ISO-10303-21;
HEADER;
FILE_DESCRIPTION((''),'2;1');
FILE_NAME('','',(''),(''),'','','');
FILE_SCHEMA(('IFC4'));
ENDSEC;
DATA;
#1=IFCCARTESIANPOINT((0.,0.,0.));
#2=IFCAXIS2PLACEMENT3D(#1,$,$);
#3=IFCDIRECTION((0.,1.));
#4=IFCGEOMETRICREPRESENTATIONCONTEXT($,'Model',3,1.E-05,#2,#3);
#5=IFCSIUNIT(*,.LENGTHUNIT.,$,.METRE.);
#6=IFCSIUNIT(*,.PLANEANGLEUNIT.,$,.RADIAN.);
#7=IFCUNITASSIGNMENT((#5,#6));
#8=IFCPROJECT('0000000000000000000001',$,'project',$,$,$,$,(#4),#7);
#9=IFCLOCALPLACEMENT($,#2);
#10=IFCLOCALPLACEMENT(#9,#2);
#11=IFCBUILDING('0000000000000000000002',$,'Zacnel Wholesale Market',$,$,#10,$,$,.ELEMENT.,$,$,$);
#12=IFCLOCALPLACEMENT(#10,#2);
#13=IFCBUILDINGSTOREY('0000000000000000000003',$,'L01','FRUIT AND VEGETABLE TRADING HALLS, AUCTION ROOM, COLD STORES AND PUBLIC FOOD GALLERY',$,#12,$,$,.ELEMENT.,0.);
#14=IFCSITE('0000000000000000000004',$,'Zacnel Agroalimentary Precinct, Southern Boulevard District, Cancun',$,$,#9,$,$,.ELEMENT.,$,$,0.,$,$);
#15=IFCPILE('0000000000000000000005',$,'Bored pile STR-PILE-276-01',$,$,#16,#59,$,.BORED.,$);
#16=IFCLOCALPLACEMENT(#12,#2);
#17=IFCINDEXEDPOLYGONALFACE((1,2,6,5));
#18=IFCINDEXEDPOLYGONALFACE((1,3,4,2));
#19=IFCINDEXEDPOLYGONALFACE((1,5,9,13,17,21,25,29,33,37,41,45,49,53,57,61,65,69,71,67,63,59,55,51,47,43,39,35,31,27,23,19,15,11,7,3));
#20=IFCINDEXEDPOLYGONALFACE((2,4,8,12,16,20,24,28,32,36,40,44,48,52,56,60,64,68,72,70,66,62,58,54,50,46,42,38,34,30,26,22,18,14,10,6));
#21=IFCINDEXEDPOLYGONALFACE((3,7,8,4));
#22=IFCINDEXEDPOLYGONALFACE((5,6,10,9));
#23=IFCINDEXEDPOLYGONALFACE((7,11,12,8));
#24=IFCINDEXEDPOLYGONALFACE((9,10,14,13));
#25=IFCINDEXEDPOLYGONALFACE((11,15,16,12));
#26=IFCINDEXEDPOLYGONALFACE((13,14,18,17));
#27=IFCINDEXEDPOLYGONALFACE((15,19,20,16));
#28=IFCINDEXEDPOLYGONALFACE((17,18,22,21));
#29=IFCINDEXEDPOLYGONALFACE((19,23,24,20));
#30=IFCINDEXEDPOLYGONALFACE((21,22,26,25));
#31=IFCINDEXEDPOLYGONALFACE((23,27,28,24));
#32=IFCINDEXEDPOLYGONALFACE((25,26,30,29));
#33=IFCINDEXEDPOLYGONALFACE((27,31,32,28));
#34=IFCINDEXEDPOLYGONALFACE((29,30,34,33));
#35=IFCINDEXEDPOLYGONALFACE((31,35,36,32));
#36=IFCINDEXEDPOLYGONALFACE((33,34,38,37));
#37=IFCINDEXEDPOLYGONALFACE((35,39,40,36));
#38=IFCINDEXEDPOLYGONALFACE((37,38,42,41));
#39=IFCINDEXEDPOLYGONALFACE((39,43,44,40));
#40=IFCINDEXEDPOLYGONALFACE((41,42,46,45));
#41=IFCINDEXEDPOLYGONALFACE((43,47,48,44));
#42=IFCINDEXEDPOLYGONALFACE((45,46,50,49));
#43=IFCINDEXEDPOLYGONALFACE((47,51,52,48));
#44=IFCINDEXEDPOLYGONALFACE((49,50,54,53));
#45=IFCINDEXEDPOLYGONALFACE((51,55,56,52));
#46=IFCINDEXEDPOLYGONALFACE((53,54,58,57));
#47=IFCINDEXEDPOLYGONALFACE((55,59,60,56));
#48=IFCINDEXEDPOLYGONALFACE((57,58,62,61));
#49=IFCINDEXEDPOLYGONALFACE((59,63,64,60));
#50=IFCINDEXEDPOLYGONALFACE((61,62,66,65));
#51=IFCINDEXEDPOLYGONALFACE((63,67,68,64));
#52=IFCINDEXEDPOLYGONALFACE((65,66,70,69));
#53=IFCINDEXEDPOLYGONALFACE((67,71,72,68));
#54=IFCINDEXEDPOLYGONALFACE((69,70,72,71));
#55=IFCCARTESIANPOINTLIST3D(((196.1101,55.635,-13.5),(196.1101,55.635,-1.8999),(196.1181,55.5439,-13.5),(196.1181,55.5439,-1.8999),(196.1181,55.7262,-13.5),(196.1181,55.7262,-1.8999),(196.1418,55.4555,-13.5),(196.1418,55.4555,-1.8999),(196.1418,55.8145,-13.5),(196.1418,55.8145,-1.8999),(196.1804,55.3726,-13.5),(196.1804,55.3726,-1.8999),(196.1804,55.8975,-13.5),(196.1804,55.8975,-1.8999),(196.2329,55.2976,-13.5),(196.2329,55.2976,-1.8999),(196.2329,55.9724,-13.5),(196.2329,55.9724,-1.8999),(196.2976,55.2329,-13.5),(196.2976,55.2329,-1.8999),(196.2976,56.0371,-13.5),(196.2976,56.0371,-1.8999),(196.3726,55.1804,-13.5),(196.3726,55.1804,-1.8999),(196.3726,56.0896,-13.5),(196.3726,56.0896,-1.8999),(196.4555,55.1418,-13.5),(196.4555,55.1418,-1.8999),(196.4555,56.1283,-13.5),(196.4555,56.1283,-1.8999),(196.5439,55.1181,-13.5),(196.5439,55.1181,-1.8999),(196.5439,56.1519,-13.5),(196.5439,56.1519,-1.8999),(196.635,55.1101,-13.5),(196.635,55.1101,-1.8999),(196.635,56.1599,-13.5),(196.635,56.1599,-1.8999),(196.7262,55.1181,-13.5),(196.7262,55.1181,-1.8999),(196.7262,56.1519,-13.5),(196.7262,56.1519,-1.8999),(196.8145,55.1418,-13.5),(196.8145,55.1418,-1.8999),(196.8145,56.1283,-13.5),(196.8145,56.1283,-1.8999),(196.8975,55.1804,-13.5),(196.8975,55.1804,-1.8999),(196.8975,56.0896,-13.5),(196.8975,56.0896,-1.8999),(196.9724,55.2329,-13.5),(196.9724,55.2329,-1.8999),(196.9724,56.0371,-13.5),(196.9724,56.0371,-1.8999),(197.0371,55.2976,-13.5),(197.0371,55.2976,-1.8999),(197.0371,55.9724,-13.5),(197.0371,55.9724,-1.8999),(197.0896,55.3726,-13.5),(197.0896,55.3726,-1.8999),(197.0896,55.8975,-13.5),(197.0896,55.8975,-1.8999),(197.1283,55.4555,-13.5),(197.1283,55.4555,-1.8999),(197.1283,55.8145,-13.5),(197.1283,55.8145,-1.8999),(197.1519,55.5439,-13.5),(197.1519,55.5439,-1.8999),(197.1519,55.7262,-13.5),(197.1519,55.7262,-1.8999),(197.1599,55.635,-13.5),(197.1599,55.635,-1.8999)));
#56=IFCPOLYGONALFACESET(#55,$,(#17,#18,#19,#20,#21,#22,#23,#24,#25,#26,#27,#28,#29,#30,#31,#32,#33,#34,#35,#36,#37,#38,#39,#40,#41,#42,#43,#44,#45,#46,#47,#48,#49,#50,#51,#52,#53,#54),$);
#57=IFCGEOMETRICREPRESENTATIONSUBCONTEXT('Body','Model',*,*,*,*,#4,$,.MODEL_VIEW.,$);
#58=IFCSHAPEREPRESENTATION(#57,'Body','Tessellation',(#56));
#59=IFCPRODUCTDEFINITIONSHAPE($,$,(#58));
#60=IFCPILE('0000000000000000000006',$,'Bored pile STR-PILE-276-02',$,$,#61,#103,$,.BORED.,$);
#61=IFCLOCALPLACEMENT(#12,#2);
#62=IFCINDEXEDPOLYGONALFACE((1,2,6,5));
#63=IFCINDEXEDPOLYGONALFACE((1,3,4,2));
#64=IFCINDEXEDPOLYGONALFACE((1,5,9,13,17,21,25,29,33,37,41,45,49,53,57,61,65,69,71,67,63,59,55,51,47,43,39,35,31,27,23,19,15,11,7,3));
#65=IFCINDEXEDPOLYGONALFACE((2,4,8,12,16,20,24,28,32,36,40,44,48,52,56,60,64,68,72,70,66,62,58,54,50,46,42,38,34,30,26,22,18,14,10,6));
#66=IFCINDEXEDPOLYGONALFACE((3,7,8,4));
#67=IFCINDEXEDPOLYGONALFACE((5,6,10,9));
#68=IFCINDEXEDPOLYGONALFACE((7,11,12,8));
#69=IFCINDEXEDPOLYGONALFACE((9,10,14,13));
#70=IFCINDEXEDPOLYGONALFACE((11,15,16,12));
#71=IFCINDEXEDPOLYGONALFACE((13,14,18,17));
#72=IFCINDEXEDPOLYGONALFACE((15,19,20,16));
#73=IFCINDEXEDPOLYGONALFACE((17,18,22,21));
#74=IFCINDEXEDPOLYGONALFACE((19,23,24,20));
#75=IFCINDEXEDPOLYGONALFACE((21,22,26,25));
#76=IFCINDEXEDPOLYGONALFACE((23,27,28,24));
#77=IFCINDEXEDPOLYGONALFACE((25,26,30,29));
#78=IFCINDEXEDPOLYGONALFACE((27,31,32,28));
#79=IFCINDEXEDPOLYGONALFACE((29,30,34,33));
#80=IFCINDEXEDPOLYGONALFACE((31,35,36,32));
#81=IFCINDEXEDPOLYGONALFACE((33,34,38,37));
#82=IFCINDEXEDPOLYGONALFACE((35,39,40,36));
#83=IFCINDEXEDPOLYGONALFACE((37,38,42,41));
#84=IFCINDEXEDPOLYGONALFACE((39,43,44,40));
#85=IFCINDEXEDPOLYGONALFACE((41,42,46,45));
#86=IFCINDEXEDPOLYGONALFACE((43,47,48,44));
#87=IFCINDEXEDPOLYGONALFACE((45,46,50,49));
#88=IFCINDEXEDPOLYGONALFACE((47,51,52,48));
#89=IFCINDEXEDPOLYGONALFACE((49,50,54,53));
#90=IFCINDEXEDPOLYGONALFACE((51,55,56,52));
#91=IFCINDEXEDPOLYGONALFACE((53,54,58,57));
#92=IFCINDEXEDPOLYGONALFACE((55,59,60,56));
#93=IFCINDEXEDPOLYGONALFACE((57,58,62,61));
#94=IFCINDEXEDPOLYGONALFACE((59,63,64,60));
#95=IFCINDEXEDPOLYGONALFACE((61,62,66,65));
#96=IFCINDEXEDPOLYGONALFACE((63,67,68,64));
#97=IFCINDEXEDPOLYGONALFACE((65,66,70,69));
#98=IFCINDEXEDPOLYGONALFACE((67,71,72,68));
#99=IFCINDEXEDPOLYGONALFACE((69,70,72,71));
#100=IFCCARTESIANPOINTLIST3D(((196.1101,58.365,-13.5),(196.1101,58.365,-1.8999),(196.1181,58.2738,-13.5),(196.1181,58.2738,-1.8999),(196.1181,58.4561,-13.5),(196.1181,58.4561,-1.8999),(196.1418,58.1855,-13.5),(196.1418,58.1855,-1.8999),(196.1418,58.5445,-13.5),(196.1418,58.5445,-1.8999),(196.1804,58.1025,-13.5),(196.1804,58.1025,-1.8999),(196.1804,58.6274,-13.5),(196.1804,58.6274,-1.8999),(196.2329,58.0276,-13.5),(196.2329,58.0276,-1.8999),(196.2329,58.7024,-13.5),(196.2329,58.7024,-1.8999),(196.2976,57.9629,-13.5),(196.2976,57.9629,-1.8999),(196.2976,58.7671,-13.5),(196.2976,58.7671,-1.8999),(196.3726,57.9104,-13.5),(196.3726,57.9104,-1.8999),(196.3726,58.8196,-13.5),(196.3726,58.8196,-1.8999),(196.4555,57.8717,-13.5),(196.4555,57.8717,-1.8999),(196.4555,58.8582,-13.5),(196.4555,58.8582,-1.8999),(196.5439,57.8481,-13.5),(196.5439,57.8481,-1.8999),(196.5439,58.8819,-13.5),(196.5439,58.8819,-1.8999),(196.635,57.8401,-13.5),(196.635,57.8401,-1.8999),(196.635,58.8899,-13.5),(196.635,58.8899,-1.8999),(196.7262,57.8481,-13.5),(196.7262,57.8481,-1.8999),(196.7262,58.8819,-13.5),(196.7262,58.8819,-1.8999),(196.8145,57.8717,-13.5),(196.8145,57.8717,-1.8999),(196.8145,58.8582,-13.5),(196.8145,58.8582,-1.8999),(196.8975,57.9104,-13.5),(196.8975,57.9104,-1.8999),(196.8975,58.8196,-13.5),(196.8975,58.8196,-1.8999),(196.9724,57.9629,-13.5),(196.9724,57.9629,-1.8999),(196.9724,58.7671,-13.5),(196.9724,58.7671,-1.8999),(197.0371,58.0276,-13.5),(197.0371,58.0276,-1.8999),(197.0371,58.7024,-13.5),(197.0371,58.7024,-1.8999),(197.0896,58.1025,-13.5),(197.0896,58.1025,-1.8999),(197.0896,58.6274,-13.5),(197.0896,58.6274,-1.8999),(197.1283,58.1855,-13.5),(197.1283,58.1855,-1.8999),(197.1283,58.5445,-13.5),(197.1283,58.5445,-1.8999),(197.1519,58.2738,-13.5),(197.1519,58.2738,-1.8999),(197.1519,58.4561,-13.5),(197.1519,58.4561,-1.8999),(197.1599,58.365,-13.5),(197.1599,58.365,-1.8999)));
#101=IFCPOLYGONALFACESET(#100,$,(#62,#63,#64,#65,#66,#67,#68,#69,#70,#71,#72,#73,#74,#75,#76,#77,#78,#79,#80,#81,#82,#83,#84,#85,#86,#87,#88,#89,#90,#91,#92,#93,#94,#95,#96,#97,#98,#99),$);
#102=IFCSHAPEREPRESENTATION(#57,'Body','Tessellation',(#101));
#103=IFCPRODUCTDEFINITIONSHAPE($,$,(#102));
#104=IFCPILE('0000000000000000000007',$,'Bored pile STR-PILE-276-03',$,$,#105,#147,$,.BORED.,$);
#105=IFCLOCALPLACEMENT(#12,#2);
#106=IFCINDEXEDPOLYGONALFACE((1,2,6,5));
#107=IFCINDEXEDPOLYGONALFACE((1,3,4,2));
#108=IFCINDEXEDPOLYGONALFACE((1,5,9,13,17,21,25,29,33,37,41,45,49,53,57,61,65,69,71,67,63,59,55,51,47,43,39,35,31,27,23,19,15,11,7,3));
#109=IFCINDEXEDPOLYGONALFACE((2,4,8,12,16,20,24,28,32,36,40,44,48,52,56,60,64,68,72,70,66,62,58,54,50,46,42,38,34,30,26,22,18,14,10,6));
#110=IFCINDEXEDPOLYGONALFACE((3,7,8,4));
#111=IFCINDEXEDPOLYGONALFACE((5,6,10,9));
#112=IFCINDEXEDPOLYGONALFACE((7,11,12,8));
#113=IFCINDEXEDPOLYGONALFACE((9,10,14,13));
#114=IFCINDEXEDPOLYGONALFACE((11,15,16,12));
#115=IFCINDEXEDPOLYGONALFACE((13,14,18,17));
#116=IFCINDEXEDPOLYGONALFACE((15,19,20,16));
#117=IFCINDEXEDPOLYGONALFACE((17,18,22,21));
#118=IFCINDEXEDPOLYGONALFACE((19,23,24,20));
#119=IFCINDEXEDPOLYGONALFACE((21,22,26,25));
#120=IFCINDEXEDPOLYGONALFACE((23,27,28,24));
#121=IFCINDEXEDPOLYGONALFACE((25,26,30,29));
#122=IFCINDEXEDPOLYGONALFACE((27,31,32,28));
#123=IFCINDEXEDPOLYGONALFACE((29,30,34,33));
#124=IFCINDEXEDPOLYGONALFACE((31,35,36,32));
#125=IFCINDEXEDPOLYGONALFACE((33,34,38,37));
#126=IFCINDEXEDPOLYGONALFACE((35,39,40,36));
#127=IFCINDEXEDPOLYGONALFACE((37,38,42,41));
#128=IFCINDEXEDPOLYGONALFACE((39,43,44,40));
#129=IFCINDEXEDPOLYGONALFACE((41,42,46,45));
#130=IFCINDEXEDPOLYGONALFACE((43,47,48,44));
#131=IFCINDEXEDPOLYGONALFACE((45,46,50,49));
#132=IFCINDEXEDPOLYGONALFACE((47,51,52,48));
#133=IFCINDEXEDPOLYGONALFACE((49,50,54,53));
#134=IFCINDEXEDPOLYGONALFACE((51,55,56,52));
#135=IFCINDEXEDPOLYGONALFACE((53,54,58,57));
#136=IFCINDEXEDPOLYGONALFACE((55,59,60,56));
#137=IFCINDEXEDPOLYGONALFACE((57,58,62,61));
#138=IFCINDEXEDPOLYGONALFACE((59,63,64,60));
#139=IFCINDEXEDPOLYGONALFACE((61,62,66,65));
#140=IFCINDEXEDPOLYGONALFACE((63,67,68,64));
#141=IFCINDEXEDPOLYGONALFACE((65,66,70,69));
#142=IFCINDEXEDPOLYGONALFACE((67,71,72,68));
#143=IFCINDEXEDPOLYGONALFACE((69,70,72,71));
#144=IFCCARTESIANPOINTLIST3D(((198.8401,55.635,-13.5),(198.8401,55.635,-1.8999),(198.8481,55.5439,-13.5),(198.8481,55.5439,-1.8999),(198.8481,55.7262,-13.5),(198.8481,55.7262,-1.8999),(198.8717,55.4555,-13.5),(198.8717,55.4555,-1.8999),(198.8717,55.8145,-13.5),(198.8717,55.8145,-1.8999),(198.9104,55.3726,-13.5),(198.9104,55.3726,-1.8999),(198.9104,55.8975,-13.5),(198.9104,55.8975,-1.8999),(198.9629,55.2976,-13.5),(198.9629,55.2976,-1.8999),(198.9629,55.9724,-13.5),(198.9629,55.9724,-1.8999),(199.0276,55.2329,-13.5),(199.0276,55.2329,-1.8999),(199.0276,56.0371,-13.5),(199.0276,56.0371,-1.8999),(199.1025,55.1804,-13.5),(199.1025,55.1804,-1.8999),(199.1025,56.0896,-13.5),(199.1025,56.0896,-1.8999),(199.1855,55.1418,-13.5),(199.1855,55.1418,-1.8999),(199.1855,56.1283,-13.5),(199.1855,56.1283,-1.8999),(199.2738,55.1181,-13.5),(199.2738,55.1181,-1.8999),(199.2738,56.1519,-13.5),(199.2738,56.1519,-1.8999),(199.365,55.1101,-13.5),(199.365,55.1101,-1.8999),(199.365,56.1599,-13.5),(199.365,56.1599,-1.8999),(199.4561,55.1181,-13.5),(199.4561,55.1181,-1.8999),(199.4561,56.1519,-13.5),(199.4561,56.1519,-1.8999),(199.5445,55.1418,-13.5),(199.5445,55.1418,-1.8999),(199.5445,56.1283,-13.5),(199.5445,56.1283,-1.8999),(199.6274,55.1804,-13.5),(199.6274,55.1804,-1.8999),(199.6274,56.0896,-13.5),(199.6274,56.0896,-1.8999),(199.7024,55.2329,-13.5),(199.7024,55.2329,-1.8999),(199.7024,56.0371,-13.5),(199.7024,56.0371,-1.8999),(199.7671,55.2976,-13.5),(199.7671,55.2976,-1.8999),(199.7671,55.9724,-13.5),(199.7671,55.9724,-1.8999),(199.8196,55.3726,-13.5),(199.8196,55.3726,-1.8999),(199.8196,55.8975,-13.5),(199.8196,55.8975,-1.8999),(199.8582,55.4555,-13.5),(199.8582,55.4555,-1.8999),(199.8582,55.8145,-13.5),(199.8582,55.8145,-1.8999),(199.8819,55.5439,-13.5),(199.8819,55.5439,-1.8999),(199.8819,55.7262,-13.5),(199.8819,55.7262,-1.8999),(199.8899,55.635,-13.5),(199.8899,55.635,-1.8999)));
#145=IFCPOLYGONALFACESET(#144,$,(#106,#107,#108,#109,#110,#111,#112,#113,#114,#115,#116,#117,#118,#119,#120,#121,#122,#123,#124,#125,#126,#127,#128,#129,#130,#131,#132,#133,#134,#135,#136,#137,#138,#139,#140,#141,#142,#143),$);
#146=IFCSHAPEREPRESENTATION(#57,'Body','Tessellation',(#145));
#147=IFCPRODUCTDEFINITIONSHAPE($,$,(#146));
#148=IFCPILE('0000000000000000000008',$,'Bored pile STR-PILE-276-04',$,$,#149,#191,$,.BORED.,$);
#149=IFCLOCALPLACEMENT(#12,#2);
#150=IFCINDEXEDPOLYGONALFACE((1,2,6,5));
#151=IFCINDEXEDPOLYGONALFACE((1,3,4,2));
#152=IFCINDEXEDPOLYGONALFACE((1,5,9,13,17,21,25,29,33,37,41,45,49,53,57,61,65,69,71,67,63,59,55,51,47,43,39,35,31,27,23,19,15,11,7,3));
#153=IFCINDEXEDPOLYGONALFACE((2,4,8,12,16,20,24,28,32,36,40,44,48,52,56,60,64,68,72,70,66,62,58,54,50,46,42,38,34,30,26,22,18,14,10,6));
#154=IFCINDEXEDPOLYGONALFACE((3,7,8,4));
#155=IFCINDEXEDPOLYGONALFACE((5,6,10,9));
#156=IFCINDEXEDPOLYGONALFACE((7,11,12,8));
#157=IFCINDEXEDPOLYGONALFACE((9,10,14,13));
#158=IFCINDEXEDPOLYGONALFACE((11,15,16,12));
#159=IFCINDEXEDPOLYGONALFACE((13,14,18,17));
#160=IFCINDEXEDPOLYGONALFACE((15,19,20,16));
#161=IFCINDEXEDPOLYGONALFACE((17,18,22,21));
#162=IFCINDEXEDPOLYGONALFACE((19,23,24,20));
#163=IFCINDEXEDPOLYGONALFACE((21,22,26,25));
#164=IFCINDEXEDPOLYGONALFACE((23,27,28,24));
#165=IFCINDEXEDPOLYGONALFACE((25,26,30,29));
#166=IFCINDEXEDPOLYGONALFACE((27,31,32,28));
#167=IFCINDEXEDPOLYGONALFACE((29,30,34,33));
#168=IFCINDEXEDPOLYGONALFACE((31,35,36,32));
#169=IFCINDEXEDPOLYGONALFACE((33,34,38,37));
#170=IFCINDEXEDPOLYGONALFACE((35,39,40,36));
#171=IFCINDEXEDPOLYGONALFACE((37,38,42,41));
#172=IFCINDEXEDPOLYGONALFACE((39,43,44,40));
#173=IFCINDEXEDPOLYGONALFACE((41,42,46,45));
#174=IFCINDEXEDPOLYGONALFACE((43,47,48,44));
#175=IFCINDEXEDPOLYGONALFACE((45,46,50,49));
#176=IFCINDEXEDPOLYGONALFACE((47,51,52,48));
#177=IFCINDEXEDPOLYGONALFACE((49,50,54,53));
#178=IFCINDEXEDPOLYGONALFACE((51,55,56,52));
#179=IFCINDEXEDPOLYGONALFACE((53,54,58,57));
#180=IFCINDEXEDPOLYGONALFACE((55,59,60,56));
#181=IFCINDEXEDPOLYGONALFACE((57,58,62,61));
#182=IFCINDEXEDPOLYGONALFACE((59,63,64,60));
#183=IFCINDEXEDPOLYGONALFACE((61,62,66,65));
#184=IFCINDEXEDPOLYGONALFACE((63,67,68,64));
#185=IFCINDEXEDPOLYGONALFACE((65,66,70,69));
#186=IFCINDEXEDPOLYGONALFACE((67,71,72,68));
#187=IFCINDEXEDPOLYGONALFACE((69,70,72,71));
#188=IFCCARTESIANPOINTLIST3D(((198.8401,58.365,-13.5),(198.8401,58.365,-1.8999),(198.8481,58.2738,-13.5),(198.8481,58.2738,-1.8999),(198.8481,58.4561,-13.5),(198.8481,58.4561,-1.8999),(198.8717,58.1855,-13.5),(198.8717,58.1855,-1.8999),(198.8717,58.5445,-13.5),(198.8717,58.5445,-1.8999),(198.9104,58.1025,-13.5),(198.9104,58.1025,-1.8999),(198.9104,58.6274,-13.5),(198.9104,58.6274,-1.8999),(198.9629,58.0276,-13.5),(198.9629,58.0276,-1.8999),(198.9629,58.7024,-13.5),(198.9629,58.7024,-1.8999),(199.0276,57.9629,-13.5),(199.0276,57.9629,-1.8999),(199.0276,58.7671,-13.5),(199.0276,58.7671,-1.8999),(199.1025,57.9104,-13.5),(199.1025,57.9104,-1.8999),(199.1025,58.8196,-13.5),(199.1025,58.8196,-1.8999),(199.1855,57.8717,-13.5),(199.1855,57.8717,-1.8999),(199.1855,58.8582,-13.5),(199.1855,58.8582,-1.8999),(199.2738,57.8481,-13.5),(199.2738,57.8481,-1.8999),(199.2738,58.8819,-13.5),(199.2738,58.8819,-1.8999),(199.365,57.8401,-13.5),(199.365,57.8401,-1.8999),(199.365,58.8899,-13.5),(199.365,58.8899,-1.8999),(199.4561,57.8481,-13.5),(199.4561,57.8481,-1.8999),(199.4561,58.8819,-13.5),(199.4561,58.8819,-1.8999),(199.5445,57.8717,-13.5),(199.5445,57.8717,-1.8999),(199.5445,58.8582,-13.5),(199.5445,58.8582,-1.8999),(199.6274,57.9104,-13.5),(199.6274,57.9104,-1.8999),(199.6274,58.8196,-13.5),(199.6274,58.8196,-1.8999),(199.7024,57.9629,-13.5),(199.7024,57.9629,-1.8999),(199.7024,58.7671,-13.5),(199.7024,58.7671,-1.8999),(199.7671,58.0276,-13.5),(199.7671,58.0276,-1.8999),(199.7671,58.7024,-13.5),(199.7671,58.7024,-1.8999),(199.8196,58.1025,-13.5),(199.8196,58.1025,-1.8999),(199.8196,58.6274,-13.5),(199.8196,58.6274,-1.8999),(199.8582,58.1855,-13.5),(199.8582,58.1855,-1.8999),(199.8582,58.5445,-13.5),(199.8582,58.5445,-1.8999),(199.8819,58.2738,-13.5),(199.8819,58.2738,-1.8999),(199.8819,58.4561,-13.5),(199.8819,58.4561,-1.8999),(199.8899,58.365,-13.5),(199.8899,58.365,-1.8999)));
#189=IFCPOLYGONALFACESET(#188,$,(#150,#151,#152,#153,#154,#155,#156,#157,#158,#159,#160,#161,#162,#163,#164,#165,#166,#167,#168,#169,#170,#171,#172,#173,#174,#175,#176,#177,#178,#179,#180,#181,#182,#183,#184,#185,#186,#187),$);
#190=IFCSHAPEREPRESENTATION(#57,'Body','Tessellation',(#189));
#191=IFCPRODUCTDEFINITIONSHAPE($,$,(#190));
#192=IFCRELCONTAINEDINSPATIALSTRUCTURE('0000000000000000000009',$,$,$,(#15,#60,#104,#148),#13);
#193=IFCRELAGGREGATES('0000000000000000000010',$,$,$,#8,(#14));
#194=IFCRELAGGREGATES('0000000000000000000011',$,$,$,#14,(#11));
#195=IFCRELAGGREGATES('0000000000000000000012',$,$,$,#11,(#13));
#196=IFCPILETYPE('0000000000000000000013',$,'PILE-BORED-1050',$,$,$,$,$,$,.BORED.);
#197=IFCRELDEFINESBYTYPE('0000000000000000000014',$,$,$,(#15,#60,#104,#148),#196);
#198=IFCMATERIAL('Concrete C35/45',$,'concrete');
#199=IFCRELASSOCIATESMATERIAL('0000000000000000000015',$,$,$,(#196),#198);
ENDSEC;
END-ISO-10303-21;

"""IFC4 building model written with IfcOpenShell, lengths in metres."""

from ifc_helpers import new_model, si_unit, direction, frame, origin, origin_2d, place, context, subcontext, project, spatial, circle, extrude, material, material_profile, profile_set, type_object, element, save


model = new_model("IFC4")

# Units and contexts
model_context = context("Model", 3, precision=1e-05, world=origin(), true_north=direction((0.0, 1.0)))
body_context = subcontext(model_context, "Body", "Model", "MODEL_VIEW")
ifc_project = project(units=[si_unit("LENGTHUNIT", "METRE"), si_unit("PLANEANGLEUNIT", "RADIAN")], contexts=[model_context])

# Site, building, storey
site_placement = place(None, origin())
site = spatial("IfcSite", under=ifc_project, at=site_placement, Name="Zacnel Agroalimentary Precinct, Southern Boulevard District, Cancun", CompositionType="ELEMENT", RefElevation=0.0)
building_placement = place(site_placement, origin())
building = spatial("IfcBuilding", under=site, at=building_placement, Name="Zacnel Wholesale Market", CompositionType="ELEMENT")
storey_placement = place(building_placement, origin())
storey = spatial("IfcBuildingStorey", under=building, at=storey_placement, Name="L01", Description="FRUIT AND VEGETABLE TRADING HALLS, AUCTION ROOM, COLD STORES AND PUBLIC FOOD GALLERY", CompositionType="ELEMENT", Elevation=0.0)

# Piles
ifc_material_1 = material(Name="Concrete C35/45", Category="concrete")
ifc_material_profile_1 = material_profile(ifc_material_1, circle(Radius=0.5249, at=origin_2d()), Name="BORED PILE D1050")
ifc_profile_set_1 = profile_set([ifc_material_profile_1], Name="Concrete C35/45")
pile_type = type_object("IfcPileType", Name="PILE-BORED-1050", PredefinedType="BORED", material=ifc_profile_set_1)
for number, where, z_axis, x_axis, name in (
    (1, (196.635, 55.635, -1.8999), (0.0, 0.0, -1.0), (1.0, 0.0, 0.0), "Bored pile STR-PILE-276-01"),
    (2, (196.635, 58.365, -1.8999), (0.0, 0.0, -1.0), (1.0, 0.0, 0.0), "Bored pile STR-PILE-276-02"),
    (3, (199.365, 55.635, -1.8999), (0.0, 0.0, -1.0), (1.0, 0.0, 0.0), "Bored pile STR-PILE-276-03"),
    (4, (199.365, 58.365, -1.8999), (0.0, 0.0, -1.0), (1.0, 0.0, 0.0), "Bored pile STR-PILE-276-04"),
):
    element("IfcPile", number, at=place(storey_placement, frame(where, z_axis=z_axis, x_axis=x_axis)), inside=storey, type_object=pile_type, Name=name, PredefinedType="BORED", context=body_context, shape_type="SweptSolid", body=[
        extrude(circle(Radius=0.5249, at=origin_2d()), origin(), (0.0, 0.0, 1.0), 11.6001),
    ])

save(model, "model.ifc")
